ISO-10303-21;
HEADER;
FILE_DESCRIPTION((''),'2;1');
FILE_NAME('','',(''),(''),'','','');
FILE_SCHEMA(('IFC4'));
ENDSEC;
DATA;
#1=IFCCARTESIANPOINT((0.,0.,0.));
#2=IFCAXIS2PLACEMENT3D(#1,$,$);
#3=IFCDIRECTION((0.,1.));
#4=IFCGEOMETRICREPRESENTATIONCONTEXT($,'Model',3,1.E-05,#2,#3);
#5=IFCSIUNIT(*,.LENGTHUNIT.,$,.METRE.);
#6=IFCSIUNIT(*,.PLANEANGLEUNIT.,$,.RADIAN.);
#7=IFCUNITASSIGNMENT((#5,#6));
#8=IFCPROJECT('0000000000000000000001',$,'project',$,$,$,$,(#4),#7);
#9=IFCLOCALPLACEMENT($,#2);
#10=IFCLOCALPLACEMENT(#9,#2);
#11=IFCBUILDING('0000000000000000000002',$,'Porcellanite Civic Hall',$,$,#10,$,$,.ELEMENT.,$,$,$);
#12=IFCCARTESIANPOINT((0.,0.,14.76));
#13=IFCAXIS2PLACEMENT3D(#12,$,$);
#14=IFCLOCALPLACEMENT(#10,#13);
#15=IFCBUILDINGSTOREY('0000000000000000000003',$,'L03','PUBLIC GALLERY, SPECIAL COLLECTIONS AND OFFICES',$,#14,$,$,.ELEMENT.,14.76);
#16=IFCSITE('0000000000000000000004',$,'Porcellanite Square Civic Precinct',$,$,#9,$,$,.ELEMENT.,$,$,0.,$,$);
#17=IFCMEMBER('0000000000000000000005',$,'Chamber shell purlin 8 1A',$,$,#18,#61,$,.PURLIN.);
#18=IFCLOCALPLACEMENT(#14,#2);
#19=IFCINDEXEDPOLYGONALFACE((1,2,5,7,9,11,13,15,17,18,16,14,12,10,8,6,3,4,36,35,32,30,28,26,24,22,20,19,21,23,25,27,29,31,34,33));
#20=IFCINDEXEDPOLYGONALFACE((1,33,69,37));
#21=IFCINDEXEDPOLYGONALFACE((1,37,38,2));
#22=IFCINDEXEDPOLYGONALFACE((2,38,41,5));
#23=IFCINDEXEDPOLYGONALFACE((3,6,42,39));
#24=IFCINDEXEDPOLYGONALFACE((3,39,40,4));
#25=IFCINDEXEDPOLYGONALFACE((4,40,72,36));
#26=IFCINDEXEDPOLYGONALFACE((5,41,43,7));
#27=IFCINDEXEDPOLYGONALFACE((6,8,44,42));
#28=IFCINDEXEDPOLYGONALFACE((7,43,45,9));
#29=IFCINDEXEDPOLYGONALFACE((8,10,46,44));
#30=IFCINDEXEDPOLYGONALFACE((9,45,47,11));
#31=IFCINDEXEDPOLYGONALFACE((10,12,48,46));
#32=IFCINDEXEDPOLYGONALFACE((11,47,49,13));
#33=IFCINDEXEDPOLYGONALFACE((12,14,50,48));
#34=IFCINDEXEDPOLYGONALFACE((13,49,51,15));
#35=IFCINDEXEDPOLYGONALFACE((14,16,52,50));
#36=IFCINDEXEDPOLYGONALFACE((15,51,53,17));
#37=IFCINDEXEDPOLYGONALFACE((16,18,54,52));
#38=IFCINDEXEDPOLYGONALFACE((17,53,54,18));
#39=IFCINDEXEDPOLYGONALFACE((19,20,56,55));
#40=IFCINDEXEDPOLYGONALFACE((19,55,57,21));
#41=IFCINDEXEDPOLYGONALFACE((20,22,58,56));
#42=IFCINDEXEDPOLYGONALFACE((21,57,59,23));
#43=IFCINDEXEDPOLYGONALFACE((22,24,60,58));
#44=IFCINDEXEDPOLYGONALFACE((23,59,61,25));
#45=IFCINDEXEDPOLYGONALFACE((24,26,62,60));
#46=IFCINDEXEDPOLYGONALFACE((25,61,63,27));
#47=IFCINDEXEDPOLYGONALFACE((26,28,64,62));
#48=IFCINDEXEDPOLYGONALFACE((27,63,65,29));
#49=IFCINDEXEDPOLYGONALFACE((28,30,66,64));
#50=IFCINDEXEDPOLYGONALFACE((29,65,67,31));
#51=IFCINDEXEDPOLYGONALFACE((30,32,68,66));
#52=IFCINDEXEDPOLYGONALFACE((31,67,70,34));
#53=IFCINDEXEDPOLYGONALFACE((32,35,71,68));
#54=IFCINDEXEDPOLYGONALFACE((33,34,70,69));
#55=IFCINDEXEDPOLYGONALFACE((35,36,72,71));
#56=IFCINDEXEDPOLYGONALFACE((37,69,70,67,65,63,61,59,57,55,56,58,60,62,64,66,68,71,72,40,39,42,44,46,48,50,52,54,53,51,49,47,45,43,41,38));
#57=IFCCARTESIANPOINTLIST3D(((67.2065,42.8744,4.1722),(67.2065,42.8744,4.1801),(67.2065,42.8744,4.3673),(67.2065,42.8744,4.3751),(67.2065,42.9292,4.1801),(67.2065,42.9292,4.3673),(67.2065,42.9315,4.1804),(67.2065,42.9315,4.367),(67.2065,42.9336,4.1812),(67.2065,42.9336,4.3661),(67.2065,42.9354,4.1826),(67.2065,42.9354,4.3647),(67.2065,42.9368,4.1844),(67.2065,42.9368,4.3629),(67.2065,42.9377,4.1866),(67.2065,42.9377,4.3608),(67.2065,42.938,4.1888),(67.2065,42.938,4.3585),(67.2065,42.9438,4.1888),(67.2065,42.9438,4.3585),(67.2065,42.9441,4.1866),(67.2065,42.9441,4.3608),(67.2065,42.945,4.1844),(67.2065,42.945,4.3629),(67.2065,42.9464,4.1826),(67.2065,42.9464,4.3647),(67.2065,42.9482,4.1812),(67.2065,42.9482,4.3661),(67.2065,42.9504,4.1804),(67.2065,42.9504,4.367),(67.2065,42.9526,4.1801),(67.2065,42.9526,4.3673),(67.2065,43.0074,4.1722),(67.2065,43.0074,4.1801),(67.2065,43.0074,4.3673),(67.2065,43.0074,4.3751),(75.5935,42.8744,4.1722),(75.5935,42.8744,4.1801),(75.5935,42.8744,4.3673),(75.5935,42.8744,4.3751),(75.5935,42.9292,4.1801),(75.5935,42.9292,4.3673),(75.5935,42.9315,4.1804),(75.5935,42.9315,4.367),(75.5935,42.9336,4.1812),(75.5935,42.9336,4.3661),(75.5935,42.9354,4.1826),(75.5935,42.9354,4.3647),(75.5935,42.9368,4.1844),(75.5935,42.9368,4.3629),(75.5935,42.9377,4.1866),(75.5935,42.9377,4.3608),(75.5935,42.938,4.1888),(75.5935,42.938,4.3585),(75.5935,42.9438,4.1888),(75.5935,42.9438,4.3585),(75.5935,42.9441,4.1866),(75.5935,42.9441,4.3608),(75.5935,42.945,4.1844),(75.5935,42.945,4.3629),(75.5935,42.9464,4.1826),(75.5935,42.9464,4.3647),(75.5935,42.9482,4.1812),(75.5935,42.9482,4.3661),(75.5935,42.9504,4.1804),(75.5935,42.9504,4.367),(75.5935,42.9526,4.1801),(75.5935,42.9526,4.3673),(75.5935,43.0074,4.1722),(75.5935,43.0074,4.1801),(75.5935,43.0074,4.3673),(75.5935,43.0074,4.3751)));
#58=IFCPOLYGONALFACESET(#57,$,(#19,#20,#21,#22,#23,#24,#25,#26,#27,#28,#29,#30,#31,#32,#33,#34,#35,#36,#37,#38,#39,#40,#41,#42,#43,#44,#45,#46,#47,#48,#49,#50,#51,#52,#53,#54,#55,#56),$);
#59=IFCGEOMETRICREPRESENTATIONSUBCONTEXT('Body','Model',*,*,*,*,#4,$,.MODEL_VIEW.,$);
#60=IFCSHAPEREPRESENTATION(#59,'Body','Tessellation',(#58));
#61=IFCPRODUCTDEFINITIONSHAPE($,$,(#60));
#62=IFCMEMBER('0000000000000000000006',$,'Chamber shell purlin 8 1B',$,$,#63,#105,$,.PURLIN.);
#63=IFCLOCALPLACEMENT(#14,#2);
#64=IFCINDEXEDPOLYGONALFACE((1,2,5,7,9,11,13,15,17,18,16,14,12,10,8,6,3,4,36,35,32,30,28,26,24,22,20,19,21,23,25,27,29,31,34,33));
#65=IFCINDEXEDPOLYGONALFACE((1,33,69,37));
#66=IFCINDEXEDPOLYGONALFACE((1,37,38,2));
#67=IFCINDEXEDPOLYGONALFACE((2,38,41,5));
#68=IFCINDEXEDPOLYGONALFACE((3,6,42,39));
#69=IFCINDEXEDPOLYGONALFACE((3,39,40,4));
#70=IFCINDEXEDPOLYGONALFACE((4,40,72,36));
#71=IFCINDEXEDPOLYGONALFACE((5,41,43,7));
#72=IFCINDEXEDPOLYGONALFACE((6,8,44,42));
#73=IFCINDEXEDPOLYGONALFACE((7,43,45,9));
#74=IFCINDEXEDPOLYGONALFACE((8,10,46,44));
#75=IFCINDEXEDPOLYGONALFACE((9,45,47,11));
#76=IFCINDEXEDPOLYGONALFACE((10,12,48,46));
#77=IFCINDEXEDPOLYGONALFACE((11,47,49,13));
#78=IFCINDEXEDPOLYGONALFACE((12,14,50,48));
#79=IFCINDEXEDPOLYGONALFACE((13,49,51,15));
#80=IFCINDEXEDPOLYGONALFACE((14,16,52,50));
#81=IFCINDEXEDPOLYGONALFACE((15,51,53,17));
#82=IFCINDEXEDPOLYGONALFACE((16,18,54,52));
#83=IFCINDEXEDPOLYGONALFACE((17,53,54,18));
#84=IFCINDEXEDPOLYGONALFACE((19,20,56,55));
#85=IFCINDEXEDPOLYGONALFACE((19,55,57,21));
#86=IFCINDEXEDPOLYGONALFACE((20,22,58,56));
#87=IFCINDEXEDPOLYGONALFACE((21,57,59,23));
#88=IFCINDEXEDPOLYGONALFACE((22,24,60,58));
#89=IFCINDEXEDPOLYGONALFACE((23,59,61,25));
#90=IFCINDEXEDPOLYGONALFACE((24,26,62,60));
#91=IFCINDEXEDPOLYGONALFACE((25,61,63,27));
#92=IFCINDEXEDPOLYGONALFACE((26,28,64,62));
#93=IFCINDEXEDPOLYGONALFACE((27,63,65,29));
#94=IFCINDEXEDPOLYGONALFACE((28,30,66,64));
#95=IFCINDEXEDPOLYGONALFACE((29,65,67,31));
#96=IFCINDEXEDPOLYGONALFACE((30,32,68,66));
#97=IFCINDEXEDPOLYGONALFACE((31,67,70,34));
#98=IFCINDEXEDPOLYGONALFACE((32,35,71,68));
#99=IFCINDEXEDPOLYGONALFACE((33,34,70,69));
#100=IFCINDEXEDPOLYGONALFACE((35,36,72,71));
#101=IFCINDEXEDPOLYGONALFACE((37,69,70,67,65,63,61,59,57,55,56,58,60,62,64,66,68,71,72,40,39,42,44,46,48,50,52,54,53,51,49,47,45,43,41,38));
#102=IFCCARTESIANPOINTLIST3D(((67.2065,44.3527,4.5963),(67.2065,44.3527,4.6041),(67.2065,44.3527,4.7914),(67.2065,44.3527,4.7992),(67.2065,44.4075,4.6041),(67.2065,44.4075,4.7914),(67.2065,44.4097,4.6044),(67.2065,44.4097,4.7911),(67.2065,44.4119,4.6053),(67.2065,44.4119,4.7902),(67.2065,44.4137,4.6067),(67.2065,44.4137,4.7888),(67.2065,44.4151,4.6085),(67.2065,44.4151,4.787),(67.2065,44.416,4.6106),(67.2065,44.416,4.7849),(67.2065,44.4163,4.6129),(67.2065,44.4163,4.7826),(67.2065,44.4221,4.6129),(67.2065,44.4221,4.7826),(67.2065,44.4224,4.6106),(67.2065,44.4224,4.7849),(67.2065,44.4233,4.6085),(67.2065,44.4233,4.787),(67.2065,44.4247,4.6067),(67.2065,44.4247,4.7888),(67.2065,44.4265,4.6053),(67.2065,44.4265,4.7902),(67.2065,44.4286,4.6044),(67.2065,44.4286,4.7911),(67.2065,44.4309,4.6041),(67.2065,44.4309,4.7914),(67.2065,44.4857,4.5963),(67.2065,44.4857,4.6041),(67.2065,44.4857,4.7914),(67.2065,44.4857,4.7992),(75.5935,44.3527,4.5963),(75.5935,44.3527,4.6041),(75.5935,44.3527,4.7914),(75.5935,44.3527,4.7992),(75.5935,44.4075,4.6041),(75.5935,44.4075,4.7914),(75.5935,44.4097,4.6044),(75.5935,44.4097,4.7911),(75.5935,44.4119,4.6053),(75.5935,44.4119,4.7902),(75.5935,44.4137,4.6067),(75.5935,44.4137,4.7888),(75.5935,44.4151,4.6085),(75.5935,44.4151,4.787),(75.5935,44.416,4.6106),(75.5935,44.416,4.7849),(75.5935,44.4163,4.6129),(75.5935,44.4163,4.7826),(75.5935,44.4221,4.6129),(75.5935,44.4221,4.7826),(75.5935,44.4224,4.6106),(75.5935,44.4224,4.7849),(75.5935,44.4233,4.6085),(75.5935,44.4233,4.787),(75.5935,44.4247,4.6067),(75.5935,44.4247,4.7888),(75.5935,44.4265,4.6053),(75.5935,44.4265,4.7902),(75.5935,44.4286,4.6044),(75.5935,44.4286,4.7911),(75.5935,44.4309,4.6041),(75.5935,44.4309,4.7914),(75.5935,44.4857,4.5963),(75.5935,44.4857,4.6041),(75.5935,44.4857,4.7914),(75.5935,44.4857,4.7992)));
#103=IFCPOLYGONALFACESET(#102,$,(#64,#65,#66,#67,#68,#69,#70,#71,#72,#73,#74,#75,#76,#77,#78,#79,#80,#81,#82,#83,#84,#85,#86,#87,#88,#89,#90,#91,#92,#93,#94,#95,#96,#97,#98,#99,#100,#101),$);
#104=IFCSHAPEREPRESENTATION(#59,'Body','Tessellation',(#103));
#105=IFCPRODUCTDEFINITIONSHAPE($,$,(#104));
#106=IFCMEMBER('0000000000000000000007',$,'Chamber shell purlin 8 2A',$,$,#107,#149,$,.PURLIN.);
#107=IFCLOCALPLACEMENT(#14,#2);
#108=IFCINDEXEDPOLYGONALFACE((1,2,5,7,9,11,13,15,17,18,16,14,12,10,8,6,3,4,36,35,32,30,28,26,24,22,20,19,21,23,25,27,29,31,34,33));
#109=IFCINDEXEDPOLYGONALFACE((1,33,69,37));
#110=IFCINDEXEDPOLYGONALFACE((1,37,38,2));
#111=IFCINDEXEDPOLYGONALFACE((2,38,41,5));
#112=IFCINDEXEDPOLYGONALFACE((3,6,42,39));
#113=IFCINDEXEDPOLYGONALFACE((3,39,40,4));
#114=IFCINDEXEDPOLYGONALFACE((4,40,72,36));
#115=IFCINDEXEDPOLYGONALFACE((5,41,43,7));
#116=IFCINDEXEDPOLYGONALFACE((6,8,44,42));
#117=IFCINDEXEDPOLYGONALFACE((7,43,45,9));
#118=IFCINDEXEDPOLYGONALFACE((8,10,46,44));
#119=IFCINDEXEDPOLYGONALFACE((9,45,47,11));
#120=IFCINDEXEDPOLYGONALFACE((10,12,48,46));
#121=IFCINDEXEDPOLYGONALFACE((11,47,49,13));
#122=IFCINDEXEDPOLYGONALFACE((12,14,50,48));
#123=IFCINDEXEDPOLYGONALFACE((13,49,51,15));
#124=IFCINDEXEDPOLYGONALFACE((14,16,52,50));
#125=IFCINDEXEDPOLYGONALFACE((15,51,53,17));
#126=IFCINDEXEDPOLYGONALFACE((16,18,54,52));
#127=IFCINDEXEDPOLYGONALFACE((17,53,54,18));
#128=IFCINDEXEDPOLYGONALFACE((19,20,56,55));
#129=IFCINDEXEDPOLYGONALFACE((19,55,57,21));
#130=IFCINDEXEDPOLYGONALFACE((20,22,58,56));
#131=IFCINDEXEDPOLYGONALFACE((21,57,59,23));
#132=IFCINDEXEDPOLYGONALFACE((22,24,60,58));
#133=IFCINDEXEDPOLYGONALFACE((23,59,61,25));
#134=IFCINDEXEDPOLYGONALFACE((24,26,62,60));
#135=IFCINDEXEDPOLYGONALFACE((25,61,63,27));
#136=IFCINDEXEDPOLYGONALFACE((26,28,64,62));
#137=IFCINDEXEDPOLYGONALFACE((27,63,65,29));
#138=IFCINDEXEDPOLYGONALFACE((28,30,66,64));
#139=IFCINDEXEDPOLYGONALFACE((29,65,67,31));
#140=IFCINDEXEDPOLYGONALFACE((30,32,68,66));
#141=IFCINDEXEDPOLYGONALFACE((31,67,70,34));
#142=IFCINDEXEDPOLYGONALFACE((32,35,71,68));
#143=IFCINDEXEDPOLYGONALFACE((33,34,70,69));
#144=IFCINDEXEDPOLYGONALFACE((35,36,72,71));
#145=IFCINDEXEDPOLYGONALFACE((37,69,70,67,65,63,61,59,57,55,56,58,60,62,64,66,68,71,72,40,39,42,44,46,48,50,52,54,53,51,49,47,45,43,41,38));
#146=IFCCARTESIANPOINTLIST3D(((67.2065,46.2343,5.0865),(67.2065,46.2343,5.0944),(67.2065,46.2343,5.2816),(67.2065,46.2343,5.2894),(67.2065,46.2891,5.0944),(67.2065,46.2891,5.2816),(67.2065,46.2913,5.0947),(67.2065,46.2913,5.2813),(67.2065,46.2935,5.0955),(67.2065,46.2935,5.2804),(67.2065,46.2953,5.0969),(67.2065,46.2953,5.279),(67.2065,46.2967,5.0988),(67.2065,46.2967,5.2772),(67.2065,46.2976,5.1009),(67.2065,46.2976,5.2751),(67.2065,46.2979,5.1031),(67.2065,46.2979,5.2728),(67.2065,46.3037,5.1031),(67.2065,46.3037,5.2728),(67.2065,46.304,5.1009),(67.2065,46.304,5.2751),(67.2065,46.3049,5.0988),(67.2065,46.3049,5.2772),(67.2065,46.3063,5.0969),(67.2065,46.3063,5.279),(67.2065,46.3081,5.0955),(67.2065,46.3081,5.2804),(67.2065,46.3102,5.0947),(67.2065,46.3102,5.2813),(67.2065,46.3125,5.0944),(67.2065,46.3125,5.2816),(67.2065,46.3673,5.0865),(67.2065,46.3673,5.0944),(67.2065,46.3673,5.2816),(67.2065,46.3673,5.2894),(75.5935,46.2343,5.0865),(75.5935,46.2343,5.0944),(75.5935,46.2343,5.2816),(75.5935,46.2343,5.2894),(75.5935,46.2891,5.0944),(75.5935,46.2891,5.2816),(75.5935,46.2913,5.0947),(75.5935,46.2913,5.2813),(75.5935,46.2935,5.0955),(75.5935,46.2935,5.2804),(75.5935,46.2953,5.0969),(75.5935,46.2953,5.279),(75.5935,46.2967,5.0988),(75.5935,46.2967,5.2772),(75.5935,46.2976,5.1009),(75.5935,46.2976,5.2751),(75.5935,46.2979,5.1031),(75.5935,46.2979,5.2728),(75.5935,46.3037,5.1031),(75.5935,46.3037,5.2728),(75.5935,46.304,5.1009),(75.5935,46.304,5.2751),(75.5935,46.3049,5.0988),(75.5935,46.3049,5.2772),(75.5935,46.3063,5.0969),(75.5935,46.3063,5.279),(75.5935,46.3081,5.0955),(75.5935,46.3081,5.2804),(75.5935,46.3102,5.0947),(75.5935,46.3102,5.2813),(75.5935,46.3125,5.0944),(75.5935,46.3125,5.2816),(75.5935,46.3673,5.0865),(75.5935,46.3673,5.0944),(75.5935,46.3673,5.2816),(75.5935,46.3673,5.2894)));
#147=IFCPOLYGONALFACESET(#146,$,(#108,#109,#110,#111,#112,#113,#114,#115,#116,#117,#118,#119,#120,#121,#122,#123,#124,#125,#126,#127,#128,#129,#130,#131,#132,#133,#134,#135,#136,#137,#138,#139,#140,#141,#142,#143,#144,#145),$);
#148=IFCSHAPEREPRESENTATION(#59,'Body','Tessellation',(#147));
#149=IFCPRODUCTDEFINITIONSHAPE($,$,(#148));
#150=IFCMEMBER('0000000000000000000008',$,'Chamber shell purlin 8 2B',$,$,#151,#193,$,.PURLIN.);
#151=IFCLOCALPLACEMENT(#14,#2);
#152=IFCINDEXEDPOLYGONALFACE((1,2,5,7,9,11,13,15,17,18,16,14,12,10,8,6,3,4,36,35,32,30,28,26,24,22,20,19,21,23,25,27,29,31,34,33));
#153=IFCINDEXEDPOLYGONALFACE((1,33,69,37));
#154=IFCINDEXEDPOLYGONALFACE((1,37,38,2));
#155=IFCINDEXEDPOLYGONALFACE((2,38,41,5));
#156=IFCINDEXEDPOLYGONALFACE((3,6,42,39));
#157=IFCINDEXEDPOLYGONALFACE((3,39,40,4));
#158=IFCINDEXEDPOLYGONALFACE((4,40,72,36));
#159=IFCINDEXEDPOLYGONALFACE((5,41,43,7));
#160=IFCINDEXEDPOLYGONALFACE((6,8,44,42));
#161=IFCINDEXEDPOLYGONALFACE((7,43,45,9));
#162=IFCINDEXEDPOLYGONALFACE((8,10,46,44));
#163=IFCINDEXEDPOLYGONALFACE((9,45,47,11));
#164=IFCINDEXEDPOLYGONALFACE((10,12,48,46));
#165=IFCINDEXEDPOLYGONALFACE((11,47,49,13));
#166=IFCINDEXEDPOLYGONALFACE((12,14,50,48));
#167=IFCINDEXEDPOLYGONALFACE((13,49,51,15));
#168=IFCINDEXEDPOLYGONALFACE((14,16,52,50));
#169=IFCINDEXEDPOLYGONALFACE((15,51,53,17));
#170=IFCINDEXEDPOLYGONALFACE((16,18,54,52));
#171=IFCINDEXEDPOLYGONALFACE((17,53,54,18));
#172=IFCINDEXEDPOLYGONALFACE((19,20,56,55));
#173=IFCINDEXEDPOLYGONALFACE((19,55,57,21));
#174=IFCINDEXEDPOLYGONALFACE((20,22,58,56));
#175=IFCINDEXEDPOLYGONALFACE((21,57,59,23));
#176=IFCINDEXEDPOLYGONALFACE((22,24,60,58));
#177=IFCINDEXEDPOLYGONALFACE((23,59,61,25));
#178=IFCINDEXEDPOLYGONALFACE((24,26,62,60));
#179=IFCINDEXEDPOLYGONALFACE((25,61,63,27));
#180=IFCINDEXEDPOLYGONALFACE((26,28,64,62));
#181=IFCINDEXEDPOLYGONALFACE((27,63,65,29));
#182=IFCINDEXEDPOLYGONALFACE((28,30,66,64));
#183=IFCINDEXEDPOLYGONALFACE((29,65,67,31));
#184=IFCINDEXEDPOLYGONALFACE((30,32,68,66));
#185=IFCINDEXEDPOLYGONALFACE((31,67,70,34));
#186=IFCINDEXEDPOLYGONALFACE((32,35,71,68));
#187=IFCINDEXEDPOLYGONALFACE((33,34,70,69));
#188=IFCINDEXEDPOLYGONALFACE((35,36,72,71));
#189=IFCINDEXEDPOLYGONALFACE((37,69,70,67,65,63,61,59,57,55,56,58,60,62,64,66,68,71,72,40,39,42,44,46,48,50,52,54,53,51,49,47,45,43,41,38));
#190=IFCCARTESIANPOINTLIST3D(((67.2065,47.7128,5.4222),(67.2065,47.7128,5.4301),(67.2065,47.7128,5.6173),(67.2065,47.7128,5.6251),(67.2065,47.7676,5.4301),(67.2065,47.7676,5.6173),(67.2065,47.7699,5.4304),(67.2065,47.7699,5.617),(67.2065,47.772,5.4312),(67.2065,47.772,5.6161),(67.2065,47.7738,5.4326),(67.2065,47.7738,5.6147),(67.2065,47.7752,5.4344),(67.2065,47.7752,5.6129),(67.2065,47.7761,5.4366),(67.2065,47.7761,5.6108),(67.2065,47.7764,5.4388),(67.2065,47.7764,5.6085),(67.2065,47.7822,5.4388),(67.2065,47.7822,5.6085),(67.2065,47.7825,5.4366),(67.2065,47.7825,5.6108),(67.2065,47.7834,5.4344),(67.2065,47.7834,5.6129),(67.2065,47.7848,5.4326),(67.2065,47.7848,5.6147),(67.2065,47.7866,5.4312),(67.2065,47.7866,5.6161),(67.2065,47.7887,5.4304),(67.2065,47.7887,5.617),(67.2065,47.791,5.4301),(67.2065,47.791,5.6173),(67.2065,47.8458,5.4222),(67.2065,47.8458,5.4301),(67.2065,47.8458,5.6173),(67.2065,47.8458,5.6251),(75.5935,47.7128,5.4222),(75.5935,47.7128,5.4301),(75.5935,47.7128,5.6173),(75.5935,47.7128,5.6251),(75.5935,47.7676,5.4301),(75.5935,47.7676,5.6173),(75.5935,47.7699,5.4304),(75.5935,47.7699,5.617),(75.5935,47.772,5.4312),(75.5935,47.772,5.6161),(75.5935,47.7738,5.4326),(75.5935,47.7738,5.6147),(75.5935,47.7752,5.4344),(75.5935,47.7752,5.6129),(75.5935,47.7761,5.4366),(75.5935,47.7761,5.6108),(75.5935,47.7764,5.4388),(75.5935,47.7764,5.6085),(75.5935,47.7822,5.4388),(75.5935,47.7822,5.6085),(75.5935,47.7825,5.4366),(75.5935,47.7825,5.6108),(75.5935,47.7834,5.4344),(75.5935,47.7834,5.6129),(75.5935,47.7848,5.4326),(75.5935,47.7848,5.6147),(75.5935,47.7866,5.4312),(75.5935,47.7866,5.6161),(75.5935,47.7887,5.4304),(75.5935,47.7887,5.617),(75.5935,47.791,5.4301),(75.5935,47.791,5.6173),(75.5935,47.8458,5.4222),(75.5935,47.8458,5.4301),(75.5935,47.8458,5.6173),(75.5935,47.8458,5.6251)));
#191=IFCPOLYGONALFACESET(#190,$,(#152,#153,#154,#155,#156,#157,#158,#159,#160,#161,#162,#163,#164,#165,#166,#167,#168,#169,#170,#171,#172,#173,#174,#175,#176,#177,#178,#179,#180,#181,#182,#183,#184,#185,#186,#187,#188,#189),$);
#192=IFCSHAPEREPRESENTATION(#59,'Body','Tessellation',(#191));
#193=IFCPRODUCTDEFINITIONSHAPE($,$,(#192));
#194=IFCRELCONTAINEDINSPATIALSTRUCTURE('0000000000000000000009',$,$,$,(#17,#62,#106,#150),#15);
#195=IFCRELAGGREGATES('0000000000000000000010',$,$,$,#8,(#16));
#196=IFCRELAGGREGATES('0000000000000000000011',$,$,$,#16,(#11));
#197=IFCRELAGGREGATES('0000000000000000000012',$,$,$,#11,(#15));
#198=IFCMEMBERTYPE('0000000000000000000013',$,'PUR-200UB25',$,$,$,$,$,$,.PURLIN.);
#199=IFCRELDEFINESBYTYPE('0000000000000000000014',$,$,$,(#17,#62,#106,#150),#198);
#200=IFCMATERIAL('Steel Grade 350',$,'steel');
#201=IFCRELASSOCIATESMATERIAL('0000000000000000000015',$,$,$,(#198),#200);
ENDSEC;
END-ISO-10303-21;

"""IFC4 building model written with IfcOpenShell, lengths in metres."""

from ifc_helpers import new_model, si_unit, direction, frame, origin, origin_2d, place, context, subcontext, project, spatial, i_section, extrude, material, material_profile, profile_set, type_object, element, save


model = new_model("IFC4")

# Units and contexts
model_context = context("Model", 3, precision=1e-05, world=origin(), true_north=direction((0.0, 1.0)))
body_context = subcontext(model_context, "Body", "Model", "MODEL_VIEW")
ifc_project = project(units=[si_unit("LENGTHUNIT", "METRE"), si_unit("PLANEANGLEUNIT", "RADIAN")], contexts=[model_context])

# Site, building, storey
site_placement = place(None, origin())
site = spatial("IfcSite", under=ifc_project, at=site_placement, Name="Porcellanite Square Civic Precinct", CompositionType="ELEMENT", RefElevation=0.0)
building_placement = place(site_placement, origin())
building = spatial("IfcBuilding", under=site, at=building_placement, Name="Porcellanite Civic Hall", CompositionType="ELEMENT")
storey_placement = place(building_placement, frame((0.0, 0.0, 14.76)))
storey = spatial("IfcBuildingStorey", under=building, at=storey_placement, Name="L03", Description="PUBLIC GALLERY, SPECIAL COLLECTIONS AND OFFICES", CompositionType="ELEMENT", Elevation=14.76)

# Members
ifc_material_1 = material(Name="Steel Grade 350", Category="steel")
ifc_material_profile_1 = material_profile(ifc_material_1, i_section(OverallWidth=0.1331, OverallDepth=0.2029, WebThickness=0.0059, FlangeThickness=0.0078, FilletRadius=0.0088, at=origin_2d()), Name="200UB25.4")
ifc_profile_set_1 = profile_set([ifc_material_profile_1], Name="Steel Grade 350")
member_type_1 = type_object("IfcMemberType", Name="PUR-200UB25", PredefinedType="PURLIN", material=ifc_profile_set_1)
for number, where, z_axis, x_axis, name in (
    (1, (67.2065, 42.9409, 4.2737), (1.0, 0.0, 0.0), (0.0, 1.0, 0.0), "Chamber shell purlin 8 1A"),
    (2, (67.2065, 44.4192, 4.6978), (1.0, 0.0, 0.0), (0.0, 1.0, 0.0), "Chamber shell purlin 8 1B"),
    (3, (67.2065, 46.3008, 5.188), (1.0, 0.0, 0.0), (0.0, 1.0, 0.0), "Chamber shell purlin 8 2A"),
    (4, (67.2065, 47.7793, 5.5237), (1.0, 0.0, 0.0), (0.0, 1.0, 0.0), "Chamber shell purlin 8 2B"),
):
    element("IfcMember", number, at=place(storey_placement, frame(where, z_axis=z_axis, x_axis=x_axis)), inside=storey, type_object=member_type_1, Name=name, PredefinedType="PURLIN", context=body_context, shape_type="SweptSolid", body=[
        extrude(i_section(OverallWidth=0.1331, OverallDepth=0.2029, WebThickness=0.0059, FlangeThickness=0.0078, FilletRadius=0.0088, at=origin_2d()), origin(), (0.0, 0.0, 1.0), 8.387),
    ])

save(model, "model.ifc")
